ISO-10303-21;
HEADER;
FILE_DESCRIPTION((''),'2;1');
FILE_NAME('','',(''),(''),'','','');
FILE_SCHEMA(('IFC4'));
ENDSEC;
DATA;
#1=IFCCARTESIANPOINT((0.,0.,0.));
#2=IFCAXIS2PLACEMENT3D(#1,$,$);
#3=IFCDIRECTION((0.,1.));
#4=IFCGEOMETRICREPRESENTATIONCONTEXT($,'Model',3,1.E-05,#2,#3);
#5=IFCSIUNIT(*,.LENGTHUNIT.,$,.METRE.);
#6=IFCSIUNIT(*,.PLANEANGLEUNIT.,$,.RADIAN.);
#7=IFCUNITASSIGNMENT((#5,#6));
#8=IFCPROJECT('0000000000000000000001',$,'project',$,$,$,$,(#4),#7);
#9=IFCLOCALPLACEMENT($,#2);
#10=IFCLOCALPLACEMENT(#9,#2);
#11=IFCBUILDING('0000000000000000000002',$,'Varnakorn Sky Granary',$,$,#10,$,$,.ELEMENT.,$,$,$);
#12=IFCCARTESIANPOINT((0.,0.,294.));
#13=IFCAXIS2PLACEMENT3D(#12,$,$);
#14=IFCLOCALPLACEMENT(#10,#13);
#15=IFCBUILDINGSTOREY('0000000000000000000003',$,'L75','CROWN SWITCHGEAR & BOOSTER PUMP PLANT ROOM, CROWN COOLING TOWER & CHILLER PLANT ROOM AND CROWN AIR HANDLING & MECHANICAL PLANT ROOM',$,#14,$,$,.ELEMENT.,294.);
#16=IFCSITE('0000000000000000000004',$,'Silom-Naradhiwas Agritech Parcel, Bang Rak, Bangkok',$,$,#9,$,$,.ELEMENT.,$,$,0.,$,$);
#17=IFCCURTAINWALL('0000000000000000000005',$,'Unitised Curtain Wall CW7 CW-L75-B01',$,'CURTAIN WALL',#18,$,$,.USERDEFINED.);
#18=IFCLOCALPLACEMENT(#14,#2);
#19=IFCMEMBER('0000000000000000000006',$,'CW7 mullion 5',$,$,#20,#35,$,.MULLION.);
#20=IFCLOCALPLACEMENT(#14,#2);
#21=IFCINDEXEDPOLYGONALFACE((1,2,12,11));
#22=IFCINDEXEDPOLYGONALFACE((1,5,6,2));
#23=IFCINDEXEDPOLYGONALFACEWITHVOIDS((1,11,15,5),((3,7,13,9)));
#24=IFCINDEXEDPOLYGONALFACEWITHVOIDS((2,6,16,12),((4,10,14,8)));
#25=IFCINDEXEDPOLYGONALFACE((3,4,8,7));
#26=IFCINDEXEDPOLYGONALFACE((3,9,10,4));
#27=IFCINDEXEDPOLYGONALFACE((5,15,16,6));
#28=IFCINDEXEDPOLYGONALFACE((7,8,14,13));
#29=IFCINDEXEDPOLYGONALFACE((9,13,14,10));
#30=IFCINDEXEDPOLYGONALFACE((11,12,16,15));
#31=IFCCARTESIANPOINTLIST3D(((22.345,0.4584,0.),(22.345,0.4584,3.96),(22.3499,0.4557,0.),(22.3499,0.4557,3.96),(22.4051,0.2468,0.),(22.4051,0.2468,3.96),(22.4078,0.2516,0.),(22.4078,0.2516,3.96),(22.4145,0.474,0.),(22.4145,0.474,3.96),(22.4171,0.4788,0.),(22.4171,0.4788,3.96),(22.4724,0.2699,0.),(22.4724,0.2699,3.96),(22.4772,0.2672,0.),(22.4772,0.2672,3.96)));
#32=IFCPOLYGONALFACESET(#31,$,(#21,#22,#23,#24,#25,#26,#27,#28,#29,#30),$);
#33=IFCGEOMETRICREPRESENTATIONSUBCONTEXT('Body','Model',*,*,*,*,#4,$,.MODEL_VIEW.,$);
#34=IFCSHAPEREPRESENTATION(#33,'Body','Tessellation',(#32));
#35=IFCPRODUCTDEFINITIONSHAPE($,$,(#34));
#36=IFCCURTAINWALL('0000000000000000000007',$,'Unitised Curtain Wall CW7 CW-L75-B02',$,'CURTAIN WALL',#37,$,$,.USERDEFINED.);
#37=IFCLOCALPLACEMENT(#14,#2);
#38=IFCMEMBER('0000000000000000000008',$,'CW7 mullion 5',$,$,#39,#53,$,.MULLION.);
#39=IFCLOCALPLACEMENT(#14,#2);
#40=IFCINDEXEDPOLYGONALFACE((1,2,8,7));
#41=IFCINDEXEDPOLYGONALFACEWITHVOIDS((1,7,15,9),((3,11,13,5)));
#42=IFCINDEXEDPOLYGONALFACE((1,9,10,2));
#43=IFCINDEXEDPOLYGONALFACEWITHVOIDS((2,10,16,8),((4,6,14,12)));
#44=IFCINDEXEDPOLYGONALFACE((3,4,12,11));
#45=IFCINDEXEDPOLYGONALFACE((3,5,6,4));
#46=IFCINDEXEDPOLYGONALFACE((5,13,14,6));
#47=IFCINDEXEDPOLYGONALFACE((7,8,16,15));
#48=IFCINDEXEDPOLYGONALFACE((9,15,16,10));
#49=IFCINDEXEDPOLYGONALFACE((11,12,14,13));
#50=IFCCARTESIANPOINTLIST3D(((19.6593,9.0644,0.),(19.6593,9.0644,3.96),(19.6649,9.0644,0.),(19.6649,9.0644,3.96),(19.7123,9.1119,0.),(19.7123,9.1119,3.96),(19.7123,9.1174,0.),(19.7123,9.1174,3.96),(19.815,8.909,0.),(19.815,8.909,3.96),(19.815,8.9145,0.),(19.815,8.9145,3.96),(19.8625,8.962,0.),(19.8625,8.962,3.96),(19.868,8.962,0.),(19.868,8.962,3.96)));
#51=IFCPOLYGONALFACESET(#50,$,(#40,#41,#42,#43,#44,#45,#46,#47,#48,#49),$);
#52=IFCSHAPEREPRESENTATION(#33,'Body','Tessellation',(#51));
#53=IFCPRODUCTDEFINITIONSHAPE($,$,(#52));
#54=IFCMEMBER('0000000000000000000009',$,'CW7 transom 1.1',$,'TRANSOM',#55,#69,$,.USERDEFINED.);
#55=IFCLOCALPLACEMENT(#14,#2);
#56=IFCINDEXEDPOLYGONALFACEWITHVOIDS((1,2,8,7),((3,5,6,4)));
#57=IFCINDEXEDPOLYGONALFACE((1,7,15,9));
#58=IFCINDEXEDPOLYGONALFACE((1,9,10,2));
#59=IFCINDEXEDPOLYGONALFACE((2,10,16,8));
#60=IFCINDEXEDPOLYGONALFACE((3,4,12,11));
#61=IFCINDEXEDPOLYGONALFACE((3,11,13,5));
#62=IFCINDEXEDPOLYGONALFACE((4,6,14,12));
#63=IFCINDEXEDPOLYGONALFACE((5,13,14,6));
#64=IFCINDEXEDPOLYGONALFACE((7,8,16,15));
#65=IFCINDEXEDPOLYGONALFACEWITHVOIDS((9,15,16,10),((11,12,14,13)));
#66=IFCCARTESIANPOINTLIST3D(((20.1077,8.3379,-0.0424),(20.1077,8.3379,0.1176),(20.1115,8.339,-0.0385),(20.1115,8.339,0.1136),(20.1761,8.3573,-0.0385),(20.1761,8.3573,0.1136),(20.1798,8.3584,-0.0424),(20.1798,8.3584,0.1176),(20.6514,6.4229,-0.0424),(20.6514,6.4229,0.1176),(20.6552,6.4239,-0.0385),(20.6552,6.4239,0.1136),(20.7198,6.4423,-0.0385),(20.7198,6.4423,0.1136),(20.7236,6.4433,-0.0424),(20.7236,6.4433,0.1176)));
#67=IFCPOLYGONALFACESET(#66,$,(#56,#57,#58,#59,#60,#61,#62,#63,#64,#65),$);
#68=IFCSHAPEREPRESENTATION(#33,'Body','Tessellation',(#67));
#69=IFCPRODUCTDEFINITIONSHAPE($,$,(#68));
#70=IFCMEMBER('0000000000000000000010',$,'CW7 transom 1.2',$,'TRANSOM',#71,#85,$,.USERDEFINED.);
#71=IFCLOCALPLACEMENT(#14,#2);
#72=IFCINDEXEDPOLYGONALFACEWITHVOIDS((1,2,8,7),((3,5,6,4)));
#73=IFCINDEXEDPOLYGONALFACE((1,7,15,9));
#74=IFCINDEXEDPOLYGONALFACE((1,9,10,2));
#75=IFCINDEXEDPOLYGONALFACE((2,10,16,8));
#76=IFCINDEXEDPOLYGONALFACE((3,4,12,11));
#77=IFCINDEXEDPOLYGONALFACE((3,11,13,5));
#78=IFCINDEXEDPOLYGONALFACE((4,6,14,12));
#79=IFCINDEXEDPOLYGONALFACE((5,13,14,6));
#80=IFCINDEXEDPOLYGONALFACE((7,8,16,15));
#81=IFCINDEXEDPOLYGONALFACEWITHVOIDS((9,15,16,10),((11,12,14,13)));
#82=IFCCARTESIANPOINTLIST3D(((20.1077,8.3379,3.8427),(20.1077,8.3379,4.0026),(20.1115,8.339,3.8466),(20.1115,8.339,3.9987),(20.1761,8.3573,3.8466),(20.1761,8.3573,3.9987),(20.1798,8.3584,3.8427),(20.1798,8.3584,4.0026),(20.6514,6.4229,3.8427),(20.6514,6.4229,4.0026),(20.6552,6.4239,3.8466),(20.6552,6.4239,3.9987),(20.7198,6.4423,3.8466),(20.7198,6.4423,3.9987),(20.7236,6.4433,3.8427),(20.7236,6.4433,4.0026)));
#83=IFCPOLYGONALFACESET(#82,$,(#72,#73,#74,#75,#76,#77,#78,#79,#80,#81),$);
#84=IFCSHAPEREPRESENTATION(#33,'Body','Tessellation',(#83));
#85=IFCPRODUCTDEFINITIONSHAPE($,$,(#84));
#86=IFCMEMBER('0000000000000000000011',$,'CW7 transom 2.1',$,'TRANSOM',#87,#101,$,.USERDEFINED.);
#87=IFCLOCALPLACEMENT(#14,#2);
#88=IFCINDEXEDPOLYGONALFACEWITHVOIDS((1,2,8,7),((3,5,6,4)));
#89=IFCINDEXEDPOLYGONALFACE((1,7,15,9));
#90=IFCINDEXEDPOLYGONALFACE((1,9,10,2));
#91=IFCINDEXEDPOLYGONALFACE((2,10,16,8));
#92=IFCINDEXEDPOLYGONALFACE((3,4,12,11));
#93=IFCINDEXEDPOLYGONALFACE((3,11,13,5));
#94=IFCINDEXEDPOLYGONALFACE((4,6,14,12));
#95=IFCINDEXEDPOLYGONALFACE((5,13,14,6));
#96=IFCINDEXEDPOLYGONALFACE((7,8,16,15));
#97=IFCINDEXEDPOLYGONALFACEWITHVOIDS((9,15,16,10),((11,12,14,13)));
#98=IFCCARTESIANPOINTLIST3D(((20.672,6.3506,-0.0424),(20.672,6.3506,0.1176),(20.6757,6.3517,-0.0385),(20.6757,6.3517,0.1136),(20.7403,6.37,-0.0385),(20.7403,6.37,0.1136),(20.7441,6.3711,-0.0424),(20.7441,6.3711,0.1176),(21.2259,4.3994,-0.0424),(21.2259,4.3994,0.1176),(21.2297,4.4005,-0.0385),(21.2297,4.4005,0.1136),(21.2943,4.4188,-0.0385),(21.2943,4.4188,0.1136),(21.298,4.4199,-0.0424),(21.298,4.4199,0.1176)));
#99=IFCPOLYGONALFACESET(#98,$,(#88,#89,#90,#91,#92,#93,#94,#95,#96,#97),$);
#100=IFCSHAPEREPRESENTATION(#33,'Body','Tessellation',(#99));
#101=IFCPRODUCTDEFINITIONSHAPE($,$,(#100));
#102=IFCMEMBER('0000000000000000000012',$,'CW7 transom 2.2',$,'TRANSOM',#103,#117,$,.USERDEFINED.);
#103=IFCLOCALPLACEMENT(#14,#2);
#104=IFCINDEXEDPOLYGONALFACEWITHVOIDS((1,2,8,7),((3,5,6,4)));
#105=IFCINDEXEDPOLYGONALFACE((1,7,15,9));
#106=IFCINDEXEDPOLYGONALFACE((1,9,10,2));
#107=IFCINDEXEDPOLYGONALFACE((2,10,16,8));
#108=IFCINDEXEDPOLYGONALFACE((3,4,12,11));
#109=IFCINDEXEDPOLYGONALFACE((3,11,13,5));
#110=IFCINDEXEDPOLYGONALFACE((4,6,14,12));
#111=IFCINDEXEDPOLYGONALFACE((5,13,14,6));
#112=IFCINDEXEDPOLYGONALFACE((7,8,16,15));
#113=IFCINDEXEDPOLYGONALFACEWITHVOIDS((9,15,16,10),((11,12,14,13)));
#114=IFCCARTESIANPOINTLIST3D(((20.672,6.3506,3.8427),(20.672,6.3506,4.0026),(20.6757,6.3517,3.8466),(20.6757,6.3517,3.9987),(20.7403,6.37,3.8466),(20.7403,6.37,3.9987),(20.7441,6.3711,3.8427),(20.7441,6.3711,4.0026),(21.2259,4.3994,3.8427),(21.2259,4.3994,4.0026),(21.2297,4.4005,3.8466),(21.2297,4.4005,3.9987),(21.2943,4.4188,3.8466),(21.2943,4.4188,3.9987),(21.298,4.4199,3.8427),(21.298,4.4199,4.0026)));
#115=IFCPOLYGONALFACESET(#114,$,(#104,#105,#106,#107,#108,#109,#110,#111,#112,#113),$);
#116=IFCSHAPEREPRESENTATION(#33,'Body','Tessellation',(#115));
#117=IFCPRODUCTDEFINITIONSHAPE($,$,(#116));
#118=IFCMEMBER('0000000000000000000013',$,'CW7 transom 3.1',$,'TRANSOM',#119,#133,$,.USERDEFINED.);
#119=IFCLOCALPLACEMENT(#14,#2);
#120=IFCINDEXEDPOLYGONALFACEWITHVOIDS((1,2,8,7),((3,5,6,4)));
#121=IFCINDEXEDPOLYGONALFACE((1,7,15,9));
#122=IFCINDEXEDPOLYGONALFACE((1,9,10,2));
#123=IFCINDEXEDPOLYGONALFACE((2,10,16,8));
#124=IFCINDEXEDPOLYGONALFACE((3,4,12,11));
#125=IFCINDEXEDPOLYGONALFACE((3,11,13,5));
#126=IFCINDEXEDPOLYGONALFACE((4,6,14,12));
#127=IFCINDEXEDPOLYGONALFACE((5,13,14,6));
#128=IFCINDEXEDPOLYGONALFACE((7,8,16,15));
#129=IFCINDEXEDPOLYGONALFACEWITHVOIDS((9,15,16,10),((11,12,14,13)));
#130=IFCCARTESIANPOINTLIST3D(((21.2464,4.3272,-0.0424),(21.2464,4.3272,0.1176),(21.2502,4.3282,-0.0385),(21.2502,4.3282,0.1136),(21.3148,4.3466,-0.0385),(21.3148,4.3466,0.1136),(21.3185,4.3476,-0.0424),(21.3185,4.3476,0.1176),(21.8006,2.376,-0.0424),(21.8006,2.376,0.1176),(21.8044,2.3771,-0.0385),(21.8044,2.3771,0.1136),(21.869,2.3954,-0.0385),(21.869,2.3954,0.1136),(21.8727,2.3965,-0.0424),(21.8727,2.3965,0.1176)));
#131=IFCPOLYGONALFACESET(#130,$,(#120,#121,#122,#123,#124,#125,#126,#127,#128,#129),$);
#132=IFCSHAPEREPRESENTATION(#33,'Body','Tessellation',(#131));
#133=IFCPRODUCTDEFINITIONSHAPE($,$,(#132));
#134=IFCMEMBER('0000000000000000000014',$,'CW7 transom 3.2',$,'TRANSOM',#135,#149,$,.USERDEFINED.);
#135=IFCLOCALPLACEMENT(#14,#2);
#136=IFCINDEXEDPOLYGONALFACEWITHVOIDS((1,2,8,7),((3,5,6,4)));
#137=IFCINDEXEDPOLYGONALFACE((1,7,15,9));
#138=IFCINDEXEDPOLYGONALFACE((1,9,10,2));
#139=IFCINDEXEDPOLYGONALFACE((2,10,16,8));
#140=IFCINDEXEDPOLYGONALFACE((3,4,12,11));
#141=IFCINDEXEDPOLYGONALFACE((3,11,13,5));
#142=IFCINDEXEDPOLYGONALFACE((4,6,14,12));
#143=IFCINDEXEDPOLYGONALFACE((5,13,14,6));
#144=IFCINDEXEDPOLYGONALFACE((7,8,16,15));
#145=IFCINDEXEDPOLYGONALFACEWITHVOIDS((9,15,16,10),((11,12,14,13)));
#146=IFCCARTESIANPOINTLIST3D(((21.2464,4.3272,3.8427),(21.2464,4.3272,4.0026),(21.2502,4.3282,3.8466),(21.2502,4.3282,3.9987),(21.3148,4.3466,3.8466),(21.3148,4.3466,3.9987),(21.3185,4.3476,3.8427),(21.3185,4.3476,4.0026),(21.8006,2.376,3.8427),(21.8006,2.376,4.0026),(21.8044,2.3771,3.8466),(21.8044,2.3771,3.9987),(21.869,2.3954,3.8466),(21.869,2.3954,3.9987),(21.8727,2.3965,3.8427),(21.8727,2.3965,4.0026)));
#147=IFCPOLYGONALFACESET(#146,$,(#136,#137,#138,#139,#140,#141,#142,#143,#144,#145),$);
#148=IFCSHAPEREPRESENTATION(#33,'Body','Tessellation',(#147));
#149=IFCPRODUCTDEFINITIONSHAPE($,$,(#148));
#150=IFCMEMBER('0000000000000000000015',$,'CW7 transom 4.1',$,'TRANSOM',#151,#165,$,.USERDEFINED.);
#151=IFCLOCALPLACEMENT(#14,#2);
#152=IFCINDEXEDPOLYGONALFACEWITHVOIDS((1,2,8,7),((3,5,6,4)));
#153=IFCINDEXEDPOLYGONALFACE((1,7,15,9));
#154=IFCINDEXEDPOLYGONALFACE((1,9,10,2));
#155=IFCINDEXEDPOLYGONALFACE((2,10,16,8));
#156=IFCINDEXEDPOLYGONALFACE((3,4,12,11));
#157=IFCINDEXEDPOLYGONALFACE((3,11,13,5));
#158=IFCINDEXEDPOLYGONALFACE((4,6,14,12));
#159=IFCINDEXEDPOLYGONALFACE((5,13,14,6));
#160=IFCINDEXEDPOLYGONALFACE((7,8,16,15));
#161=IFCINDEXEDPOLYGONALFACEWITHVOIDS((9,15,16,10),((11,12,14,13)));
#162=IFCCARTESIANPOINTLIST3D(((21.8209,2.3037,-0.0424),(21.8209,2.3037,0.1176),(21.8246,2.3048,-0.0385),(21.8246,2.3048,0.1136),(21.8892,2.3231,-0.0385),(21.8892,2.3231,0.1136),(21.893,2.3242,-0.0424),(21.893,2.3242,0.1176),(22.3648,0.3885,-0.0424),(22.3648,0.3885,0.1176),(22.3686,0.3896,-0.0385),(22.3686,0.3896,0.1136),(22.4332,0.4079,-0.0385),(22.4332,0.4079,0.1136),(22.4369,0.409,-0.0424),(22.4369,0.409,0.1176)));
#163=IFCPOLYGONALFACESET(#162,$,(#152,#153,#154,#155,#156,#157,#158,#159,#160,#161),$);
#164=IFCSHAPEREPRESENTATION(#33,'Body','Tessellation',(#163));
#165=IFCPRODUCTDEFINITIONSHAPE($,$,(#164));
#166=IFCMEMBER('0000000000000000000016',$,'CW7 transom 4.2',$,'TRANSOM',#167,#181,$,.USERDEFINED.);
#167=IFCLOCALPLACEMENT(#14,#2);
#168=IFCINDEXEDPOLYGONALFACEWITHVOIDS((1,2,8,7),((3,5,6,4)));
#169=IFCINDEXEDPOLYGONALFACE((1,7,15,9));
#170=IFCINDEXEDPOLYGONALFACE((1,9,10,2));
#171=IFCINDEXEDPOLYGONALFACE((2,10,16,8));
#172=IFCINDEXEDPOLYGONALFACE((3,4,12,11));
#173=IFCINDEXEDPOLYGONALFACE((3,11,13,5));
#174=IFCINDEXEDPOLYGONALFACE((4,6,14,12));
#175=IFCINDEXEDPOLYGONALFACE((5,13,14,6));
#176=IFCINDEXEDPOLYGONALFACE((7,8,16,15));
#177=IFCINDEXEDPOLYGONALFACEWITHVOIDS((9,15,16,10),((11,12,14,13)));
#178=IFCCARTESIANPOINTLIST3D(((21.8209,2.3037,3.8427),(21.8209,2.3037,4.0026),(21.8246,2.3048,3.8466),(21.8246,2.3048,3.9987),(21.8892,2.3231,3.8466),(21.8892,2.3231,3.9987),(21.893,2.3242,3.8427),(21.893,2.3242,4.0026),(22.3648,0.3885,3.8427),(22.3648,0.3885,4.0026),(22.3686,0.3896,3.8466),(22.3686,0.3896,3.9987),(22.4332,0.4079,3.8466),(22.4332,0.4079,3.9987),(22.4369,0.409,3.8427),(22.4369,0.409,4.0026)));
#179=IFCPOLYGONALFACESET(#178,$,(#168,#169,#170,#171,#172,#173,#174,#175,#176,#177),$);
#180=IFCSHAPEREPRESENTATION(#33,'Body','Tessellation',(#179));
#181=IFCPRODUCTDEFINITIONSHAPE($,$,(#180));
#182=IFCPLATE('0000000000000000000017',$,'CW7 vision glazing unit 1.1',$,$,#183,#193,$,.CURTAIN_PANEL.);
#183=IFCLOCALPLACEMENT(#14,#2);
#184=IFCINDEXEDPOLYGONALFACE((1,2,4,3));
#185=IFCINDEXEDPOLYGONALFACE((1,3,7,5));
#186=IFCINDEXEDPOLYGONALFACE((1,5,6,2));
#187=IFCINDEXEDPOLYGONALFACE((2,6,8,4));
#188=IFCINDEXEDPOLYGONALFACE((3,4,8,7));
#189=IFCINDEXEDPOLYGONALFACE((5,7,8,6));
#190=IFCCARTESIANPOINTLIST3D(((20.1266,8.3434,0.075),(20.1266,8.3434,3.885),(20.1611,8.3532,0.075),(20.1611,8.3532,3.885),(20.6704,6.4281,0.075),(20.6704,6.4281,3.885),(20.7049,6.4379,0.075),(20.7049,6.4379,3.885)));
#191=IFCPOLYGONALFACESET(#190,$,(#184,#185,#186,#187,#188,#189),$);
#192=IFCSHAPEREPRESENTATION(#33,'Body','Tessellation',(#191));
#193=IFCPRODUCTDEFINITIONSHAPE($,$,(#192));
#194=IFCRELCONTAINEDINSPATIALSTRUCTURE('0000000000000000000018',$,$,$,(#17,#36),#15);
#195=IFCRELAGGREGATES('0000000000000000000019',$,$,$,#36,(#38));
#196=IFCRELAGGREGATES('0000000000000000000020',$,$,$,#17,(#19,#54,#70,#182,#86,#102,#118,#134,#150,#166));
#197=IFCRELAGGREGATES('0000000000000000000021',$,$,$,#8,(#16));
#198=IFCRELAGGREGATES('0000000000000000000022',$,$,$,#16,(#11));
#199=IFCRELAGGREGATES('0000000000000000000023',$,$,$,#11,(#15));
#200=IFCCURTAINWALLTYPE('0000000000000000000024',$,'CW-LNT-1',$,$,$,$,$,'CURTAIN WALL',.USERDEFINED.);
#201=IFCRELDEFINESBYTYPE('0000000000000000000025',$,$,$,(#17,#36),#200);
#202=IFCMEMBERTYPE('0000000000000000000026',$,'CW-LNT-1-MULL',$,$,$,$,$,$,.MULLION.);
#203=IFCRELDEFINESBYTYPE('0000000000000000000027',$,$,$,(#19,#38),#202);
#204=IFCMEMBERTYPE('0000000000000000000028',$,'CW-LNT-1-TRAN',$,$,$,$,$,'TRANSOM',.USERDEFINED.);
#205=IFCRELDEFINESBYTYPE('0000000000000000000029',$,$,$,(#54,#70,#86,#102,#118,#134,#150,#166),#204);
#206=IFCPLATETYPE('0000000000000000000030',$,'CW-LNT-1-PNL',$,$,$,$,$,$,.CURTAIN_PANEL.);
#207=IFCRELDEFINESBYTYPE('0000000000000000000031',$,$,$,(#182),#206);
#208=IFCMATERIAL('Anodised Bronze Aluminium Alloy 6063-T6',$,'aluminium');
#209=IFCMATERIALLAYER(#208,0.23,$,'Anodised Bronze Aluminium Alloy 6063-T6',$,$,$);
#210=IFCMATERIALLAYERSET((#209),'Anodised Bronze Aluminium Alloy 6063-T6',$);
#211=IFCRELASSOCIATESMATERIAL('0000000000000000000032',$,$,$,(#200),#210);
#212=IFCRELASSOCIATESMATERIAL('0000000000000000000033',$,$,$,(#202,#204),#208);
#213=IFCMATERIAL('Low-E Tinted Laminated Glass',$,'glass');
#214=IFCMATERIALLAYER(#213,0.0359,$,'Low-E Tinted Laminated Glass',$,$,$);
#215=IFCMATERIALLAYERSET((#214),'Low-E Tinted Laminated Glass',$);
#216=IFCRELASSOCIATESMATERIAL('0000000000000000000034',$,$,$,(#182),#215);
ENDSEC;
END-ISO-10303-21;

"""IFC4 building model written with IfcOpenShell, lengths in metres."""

from ifc_helpers import new_model, si_unit, direction, frame, origin, origin_2d, place, context, subcontext, project, spatial, rectangle, hollow_rectangle, extrude, source, transform, mapped, material, layer, layer_set, material_profile, profile_set, type_object, element, aggregate, save


model = new_model("IFC4")

# Units and contexts
model_context = context("Model", 3, precision=1e-05, world=origin(), true_north=direction((0.0, 1.0)))
body_context = subcontext(model_context, "Body", "Model", "MODEL_VIEW")
ifc_project = project(units=[si_unit("LENGTHUNIT", "METRE"), si_unit("PLANEANGLEUNIT", "RADIAN")], contexts=[model_context])

# Site, building, storey
site_placement = place(None, origin())
site = spatial("IfcSite", under=ifc_project, at=site_placement, Name="Silom-Naradhiwas Agritech Parcel, Bang Rak, Bangkok", CompositionType="ELEMENT", RefElevation=0.0)
building_placement = place(site_placement, origin())
building = spatial("IfcBuilding", under=site, at=building_placement, Name="Varnakorn Sky Granary", CompositionType="ELEMENT")
storey_placement = place(building_placement, frame((0.0, 0.0, 294.0)))
storey = spatial("IfcBuildingStorey", under=building, at=storey_placement, Name="L75", Description="CROWN SWITCHGEAR & BOOSTER PUMP PLANT ROOM, CROWN COOLING TOWER & CHILLER PLANT ROOM AND CROWN AIR HANDLING & MECHANICAL PLANT ROOM", CompositionType="ELEMENT", Elevation=294.0)

# Curtain wall, member
ifc_material_1 = material(Name="Anodised Bronze Aluminium Alloy 6063-T6", Category="aluminium")
ifc_layer_1 = layer(ifc_material_1, 0.23, Name="Anodised Bronze Aluminium Alloy 6063-T6")
ifc_layer_set_1 = layer_set([ifc_layer_1], Name="Anodised Bronze Aluminium Alloy 6063-T6")
curtain_wall_type = type_object("IfcCurtainWallType", Name="CW-LNT-1", ElementType="CURTAIN WALL", PredefinedType="USERDEFINED", material=ifc_layer_set_1)
curtain_wall_1_placement = place(storey_placement, origin())
curtain_wall_1 = element("IfcCurtainWall", 1, at=curtain_wall_1_placement, inside=storey, type_object=curtain_wall_type, Name="Unitised Curtain Wall CW7 CW-L75-B01", ObjectType="CURTAIN WALL", PredefinedType="USERDEFINED")
ifc_material_profile_1 = material_profile(ifc_material_1, hollow_rectangle(XDim=0.075, YDim=0.22, WallThickness=0.0039, at=origin_2d()), Name="ALU MULL 75x220")
ifc_profile_set_1 = profile_set([ifc_material_profile_1], Name="Anodised Bronze Aluminium Alloy 6063-T6")
member_type_1 = type_object("IfcMemberType", Name="CW-LNT-1-MULL", PredefinedType="MULLION", material=ifc_profile_set_1)
member_1_placement = place(storey_placement, frame((22.4111, 0.3628, 0.0), z_axis=(0.0, 0.0, 1.0), x_axis=(0.961978, 0.273126, 0.0)))
member_1 = element("IfcMember", 2, at=member_1_placement, type_object=member_type_1, Name="CW7 mullion 5", PredefinedType="MULLION", context=body_context, shape_type="SweptSolid", body=[
    extrude(hollow_rectangle(XDim=0.075, YDim=0.22, WallThickness=0.0039, at=origin_2d()), origin(), (0.0, 0.0, 1.0), 3.96),
])

# Curtain wall, member
curtain_wall_2_placement = place(storey_placement, origin())
curtain_wall_2 = element("IfcCurtainWall", 3, at=curtain_wall_2_placement, inside=storey, type_object=curtain_wall_type, Name="Unitised Curtain Wall CW7 CW-L75-B02", ObjectType="CURTAIN WALL", PredefinedType="USERDEFINED")
member_2_placement = place(storey_placement, frame((19.7637, 9.0132, 0.0), z_axis=(0.0, 0.0, 1.0), x_axis=(0.706397, 0.707816, 0.0)))
member_2 = element("IfcMember", 4, at=member_2_placement, type_object=member_type_1, Name="CW7 mullion 5", PredefinedType="MULLION", context=body_context, shape_type="SweptSolid", body=[
    extrude(hollow_rectangle(XDim=0.075, YDim=0.22, WallThickness=0.0039, at=origin_2d()), origin(), (0.0, 0.0, 1.0), 3.96),
])
aggregate(curtain_wall_2, [member_2])

# Members
ifc_material_profile_2 = material_profile(ifc_material_1, hollow_rectangle(XDim=0.075, YDim=0.1599, WallThickness=0.0039, at=origin_2d()), Name="ALU TRAN 75x160")
ifc_profile_set_2 = profile_set([ifc_material_profile_2], Name="Anodised Bronze Aluminium Alloy 6063-T6")
member_type_2 = type_object("IfcMemberType", Name="CW-LNT-1-TRAN", ElementType="TRANSOM", PredefinedType="USERDEFINED", material=ifc_profile_set_2)
member_3_placement = place(storey_placement, frame((20.1438, 8.3481, 0.0376), z_axis=(0.273117, -0.961981, 0.0), x_axis=(0.961981, 0.273117, 0.0)))
member_3 = element("IfcMember", 5, at=member_3_placement, type_object=member_type_2, Name="CW7 transom 1.1", ObjectType="TRANSOM", PredefinedType="USERDEFINED", context=body_context, shape_type="SweptSolid", body=[
    extrude(hollow_rectangle(XDim=0.075, YDim=0.1599, WallThickness=0.0039, at=origin_2d()), origin(), (0.0, 0.0, 1.0), 1.9907),
])
member_4_placement = place(storey_placement, frame((20.1438, 8.3481, 3.9226), z_axis=(0.273117, -0.961981, 0.0), x_axis=(0.961981, 0.273117, 0.0)))
member_4 = element("IfcMember", 6, at=member_4_placement, type_object=member_type_2, Name="CW7 transom 1.2", ObjectType="TRANSOM", PredefinedType="USERDEFINED", context=body_context, shape_type="SweptSolid", body=[
    extrude(hollow_rectangle(XDim=0.075, YDim=0.1599, WallThickness=0.0039, at=origin_2d()), origin(), (0.0, 0.0, 1.0), 1.9907),
])
member_5_placement = place(storey_placement, frame((20.708, 6.3608, 0.0376), z_axis=(0.273115, -0.961981, 0.0), x_axis=(0.961981, 0.273115, 0.0)))
member_5 = element("IfcMember", 7, at=member_5_placement, type_object=member_type_2, Name="CW7 transom 2.1", ObjectType="TRANSOM", PredefinedType="USERDEFINED", context=body_context, shape_type="SweptSolid", body=[
    extrude(hollow_rectangle(XDim=0.075, YDim=0.1599, WallThickness=0.0039, at=origin_2d()), origin(), (0.0, 0.0, 1.0), 2.0283),
])
member_6_placement = place(storey_placement, frame((20.708, 6.3608, 3.9226), z_axis=(0.273115, -0.961981, 0.0), x_axis=(0.961981, 0.273115, 0.0)))
member_6 = element("IfcMember", 8, at=member_6_placement, type_object=member_type_2, Name="CW7 transom 2.2", ObjectType="TRANSOM", PredefinedType="USERDEFINED", context=body_context, shape_type="SweptSolid", body=[
    extrude(hollow_rectangle(XDim=0.075, YDim=0.1599, WallThickness=0.0039, at=origin_2d()), origin(), (0.0, 0.0, 1.0), 2.0283),
])
member_7_placement = place(storey_placement, frame((21.2825, 4.3374, 0.0376), z_axis=(0.273226, -0.96195, 0.0), x_axis=(0.96195, 0.273226, 0.0)))
member_7 = element("IfcMember", 9, at=member_7_placement, type_object=member_type_2, Name="CW7 transom 3.1", ObjectType="TRANSOM", PredefinedType="USERDEFINED", context=body_context, shape_type="SweptSolid", body=[
    extrude(hollow_rectangle(XDim=0.075, YDim=0.1599, WallThickness=0.0039, at=origin_2d()), origin(), (0.0, 0.0, 1.0), 2.0283),
])
member_8_placement = place(storey_placement, frame((21.2825, 4.3374, 3.9226), z_axis=(0.273226, -0.96195, 0.0), x_axis=(0.96195, 0.273226, 0.0)))
member_8 = element("IfcMember", 10, at=member_8_placement, type_object=member_type_2, Name="CW7 transom 3.2", ObjectType="TRANSOM", PredefinedType="USERDEFINED", context=body_context, shape_type="SweptSolid", body=[
    extrude(hollow_rectangle(XDim=0.075, YDim=0.1599, WallThickness=0.0039, at=origin_2d()), origin(), (0.0, 0.0, 1.0), 2.0283),
])
member_9_placement = place(storey_placement, frame((21.8569, 2.314, 0.0376), z_axis=(0.273198, -0.961958, 0.0), x_axis=(0.961958, 0.273198, 0.0)))
member_9 = element("IfcMember", 11, at=member_9_placement, type_object=member_type_2, Name="CW7 transom 4.1", ObjectType="TRANSOM", PredefinedType="USERDEFINED", context=body_context, shape_type="SweptSolid", body=[
    extrude(hollow_rectangle(XDim=0.075, YDim=0.1599, WallThickness=0.0039, at=origin_2d()), origin(), (0.0, 0.0, 1.0), 1.991),
])
member_10_placement = place(storey_placement, frame((21.8569, 2.314, 3.9226), z_axis=(0.273198, -0.961958, 0.0), x_axis=(0.961958, 0.273198, 0.0)))
member_10 = element("IfcMember", 12, at=member_10_placement, type_object=member_type_2, Name="CW7 transom 4.2", ObjectType="TRANSOM", PredefinedType="USERDEFINED", context=body_context, shape_type="SweptSolid", body=[
    extrude(hollow_rectangle(XDim=0.075, YDim=0.1599, WallThickness=0.0039, at=origin_2d()), origin(), (0.0, 0.0, 1.0), 1.991),
])

# Plate
ifc_material_2 = material(Name="Low-E Tinted Laminated Glass", Category="glass")
ifc_layer_2 = layer(ifc_material_2, 0.0359, Name="Low-E Tinted Laminated Glass")
ifc_layer_set_2 = layer_set([ifc_layer_2], Name="Low-E Tinted Laminated Glass")
plate_type = type_object("IfcPlateType", Name="CW-LNT-1-PNL", PredefinedType="CURTAIN_PANEL")
shared_shape_1 = source(origin(), body_context, "Body", "SweptSolid", [
    extrude(rectangle(XDim=1.991, YDim=0.0359, at=origin_2d()), origin(), (0.0, 0.0, 1.0), 3.8101),
])
plate_1_placement = place(storey_placement, frame((20.4158, 7.3906, 0.075), z_axis=(0.0, 0.0, 1.0), x_axis=(0.273126, -0.961978, 0.0)))
plate_1 = element("IfcPlate", 13, at=plate_1_placement, type_object=plate_type, material=ifc_layer_set_2, Name="CW7 vision glazing unit 1.1", PredefinedType="CURTAIN_PANEL", context=body_context, shape_type="MappedRepresentation", body=[
    mapped(shared_shape_1, transform((0.0, 0.0, 0.0), x_axis=(1.0, 0.0, 0.0), y_axis=(0.0, 1.0, 0.0), z_axis=(0.0, 0.0, 1.0), scale=1.0)),
])
aggregate(curtain_wall_1, [member_1, member_3, member_4, plate_1, member_5, member_6, member_7, member_8, member_9, member_10])

save(model, "model.ifc")
